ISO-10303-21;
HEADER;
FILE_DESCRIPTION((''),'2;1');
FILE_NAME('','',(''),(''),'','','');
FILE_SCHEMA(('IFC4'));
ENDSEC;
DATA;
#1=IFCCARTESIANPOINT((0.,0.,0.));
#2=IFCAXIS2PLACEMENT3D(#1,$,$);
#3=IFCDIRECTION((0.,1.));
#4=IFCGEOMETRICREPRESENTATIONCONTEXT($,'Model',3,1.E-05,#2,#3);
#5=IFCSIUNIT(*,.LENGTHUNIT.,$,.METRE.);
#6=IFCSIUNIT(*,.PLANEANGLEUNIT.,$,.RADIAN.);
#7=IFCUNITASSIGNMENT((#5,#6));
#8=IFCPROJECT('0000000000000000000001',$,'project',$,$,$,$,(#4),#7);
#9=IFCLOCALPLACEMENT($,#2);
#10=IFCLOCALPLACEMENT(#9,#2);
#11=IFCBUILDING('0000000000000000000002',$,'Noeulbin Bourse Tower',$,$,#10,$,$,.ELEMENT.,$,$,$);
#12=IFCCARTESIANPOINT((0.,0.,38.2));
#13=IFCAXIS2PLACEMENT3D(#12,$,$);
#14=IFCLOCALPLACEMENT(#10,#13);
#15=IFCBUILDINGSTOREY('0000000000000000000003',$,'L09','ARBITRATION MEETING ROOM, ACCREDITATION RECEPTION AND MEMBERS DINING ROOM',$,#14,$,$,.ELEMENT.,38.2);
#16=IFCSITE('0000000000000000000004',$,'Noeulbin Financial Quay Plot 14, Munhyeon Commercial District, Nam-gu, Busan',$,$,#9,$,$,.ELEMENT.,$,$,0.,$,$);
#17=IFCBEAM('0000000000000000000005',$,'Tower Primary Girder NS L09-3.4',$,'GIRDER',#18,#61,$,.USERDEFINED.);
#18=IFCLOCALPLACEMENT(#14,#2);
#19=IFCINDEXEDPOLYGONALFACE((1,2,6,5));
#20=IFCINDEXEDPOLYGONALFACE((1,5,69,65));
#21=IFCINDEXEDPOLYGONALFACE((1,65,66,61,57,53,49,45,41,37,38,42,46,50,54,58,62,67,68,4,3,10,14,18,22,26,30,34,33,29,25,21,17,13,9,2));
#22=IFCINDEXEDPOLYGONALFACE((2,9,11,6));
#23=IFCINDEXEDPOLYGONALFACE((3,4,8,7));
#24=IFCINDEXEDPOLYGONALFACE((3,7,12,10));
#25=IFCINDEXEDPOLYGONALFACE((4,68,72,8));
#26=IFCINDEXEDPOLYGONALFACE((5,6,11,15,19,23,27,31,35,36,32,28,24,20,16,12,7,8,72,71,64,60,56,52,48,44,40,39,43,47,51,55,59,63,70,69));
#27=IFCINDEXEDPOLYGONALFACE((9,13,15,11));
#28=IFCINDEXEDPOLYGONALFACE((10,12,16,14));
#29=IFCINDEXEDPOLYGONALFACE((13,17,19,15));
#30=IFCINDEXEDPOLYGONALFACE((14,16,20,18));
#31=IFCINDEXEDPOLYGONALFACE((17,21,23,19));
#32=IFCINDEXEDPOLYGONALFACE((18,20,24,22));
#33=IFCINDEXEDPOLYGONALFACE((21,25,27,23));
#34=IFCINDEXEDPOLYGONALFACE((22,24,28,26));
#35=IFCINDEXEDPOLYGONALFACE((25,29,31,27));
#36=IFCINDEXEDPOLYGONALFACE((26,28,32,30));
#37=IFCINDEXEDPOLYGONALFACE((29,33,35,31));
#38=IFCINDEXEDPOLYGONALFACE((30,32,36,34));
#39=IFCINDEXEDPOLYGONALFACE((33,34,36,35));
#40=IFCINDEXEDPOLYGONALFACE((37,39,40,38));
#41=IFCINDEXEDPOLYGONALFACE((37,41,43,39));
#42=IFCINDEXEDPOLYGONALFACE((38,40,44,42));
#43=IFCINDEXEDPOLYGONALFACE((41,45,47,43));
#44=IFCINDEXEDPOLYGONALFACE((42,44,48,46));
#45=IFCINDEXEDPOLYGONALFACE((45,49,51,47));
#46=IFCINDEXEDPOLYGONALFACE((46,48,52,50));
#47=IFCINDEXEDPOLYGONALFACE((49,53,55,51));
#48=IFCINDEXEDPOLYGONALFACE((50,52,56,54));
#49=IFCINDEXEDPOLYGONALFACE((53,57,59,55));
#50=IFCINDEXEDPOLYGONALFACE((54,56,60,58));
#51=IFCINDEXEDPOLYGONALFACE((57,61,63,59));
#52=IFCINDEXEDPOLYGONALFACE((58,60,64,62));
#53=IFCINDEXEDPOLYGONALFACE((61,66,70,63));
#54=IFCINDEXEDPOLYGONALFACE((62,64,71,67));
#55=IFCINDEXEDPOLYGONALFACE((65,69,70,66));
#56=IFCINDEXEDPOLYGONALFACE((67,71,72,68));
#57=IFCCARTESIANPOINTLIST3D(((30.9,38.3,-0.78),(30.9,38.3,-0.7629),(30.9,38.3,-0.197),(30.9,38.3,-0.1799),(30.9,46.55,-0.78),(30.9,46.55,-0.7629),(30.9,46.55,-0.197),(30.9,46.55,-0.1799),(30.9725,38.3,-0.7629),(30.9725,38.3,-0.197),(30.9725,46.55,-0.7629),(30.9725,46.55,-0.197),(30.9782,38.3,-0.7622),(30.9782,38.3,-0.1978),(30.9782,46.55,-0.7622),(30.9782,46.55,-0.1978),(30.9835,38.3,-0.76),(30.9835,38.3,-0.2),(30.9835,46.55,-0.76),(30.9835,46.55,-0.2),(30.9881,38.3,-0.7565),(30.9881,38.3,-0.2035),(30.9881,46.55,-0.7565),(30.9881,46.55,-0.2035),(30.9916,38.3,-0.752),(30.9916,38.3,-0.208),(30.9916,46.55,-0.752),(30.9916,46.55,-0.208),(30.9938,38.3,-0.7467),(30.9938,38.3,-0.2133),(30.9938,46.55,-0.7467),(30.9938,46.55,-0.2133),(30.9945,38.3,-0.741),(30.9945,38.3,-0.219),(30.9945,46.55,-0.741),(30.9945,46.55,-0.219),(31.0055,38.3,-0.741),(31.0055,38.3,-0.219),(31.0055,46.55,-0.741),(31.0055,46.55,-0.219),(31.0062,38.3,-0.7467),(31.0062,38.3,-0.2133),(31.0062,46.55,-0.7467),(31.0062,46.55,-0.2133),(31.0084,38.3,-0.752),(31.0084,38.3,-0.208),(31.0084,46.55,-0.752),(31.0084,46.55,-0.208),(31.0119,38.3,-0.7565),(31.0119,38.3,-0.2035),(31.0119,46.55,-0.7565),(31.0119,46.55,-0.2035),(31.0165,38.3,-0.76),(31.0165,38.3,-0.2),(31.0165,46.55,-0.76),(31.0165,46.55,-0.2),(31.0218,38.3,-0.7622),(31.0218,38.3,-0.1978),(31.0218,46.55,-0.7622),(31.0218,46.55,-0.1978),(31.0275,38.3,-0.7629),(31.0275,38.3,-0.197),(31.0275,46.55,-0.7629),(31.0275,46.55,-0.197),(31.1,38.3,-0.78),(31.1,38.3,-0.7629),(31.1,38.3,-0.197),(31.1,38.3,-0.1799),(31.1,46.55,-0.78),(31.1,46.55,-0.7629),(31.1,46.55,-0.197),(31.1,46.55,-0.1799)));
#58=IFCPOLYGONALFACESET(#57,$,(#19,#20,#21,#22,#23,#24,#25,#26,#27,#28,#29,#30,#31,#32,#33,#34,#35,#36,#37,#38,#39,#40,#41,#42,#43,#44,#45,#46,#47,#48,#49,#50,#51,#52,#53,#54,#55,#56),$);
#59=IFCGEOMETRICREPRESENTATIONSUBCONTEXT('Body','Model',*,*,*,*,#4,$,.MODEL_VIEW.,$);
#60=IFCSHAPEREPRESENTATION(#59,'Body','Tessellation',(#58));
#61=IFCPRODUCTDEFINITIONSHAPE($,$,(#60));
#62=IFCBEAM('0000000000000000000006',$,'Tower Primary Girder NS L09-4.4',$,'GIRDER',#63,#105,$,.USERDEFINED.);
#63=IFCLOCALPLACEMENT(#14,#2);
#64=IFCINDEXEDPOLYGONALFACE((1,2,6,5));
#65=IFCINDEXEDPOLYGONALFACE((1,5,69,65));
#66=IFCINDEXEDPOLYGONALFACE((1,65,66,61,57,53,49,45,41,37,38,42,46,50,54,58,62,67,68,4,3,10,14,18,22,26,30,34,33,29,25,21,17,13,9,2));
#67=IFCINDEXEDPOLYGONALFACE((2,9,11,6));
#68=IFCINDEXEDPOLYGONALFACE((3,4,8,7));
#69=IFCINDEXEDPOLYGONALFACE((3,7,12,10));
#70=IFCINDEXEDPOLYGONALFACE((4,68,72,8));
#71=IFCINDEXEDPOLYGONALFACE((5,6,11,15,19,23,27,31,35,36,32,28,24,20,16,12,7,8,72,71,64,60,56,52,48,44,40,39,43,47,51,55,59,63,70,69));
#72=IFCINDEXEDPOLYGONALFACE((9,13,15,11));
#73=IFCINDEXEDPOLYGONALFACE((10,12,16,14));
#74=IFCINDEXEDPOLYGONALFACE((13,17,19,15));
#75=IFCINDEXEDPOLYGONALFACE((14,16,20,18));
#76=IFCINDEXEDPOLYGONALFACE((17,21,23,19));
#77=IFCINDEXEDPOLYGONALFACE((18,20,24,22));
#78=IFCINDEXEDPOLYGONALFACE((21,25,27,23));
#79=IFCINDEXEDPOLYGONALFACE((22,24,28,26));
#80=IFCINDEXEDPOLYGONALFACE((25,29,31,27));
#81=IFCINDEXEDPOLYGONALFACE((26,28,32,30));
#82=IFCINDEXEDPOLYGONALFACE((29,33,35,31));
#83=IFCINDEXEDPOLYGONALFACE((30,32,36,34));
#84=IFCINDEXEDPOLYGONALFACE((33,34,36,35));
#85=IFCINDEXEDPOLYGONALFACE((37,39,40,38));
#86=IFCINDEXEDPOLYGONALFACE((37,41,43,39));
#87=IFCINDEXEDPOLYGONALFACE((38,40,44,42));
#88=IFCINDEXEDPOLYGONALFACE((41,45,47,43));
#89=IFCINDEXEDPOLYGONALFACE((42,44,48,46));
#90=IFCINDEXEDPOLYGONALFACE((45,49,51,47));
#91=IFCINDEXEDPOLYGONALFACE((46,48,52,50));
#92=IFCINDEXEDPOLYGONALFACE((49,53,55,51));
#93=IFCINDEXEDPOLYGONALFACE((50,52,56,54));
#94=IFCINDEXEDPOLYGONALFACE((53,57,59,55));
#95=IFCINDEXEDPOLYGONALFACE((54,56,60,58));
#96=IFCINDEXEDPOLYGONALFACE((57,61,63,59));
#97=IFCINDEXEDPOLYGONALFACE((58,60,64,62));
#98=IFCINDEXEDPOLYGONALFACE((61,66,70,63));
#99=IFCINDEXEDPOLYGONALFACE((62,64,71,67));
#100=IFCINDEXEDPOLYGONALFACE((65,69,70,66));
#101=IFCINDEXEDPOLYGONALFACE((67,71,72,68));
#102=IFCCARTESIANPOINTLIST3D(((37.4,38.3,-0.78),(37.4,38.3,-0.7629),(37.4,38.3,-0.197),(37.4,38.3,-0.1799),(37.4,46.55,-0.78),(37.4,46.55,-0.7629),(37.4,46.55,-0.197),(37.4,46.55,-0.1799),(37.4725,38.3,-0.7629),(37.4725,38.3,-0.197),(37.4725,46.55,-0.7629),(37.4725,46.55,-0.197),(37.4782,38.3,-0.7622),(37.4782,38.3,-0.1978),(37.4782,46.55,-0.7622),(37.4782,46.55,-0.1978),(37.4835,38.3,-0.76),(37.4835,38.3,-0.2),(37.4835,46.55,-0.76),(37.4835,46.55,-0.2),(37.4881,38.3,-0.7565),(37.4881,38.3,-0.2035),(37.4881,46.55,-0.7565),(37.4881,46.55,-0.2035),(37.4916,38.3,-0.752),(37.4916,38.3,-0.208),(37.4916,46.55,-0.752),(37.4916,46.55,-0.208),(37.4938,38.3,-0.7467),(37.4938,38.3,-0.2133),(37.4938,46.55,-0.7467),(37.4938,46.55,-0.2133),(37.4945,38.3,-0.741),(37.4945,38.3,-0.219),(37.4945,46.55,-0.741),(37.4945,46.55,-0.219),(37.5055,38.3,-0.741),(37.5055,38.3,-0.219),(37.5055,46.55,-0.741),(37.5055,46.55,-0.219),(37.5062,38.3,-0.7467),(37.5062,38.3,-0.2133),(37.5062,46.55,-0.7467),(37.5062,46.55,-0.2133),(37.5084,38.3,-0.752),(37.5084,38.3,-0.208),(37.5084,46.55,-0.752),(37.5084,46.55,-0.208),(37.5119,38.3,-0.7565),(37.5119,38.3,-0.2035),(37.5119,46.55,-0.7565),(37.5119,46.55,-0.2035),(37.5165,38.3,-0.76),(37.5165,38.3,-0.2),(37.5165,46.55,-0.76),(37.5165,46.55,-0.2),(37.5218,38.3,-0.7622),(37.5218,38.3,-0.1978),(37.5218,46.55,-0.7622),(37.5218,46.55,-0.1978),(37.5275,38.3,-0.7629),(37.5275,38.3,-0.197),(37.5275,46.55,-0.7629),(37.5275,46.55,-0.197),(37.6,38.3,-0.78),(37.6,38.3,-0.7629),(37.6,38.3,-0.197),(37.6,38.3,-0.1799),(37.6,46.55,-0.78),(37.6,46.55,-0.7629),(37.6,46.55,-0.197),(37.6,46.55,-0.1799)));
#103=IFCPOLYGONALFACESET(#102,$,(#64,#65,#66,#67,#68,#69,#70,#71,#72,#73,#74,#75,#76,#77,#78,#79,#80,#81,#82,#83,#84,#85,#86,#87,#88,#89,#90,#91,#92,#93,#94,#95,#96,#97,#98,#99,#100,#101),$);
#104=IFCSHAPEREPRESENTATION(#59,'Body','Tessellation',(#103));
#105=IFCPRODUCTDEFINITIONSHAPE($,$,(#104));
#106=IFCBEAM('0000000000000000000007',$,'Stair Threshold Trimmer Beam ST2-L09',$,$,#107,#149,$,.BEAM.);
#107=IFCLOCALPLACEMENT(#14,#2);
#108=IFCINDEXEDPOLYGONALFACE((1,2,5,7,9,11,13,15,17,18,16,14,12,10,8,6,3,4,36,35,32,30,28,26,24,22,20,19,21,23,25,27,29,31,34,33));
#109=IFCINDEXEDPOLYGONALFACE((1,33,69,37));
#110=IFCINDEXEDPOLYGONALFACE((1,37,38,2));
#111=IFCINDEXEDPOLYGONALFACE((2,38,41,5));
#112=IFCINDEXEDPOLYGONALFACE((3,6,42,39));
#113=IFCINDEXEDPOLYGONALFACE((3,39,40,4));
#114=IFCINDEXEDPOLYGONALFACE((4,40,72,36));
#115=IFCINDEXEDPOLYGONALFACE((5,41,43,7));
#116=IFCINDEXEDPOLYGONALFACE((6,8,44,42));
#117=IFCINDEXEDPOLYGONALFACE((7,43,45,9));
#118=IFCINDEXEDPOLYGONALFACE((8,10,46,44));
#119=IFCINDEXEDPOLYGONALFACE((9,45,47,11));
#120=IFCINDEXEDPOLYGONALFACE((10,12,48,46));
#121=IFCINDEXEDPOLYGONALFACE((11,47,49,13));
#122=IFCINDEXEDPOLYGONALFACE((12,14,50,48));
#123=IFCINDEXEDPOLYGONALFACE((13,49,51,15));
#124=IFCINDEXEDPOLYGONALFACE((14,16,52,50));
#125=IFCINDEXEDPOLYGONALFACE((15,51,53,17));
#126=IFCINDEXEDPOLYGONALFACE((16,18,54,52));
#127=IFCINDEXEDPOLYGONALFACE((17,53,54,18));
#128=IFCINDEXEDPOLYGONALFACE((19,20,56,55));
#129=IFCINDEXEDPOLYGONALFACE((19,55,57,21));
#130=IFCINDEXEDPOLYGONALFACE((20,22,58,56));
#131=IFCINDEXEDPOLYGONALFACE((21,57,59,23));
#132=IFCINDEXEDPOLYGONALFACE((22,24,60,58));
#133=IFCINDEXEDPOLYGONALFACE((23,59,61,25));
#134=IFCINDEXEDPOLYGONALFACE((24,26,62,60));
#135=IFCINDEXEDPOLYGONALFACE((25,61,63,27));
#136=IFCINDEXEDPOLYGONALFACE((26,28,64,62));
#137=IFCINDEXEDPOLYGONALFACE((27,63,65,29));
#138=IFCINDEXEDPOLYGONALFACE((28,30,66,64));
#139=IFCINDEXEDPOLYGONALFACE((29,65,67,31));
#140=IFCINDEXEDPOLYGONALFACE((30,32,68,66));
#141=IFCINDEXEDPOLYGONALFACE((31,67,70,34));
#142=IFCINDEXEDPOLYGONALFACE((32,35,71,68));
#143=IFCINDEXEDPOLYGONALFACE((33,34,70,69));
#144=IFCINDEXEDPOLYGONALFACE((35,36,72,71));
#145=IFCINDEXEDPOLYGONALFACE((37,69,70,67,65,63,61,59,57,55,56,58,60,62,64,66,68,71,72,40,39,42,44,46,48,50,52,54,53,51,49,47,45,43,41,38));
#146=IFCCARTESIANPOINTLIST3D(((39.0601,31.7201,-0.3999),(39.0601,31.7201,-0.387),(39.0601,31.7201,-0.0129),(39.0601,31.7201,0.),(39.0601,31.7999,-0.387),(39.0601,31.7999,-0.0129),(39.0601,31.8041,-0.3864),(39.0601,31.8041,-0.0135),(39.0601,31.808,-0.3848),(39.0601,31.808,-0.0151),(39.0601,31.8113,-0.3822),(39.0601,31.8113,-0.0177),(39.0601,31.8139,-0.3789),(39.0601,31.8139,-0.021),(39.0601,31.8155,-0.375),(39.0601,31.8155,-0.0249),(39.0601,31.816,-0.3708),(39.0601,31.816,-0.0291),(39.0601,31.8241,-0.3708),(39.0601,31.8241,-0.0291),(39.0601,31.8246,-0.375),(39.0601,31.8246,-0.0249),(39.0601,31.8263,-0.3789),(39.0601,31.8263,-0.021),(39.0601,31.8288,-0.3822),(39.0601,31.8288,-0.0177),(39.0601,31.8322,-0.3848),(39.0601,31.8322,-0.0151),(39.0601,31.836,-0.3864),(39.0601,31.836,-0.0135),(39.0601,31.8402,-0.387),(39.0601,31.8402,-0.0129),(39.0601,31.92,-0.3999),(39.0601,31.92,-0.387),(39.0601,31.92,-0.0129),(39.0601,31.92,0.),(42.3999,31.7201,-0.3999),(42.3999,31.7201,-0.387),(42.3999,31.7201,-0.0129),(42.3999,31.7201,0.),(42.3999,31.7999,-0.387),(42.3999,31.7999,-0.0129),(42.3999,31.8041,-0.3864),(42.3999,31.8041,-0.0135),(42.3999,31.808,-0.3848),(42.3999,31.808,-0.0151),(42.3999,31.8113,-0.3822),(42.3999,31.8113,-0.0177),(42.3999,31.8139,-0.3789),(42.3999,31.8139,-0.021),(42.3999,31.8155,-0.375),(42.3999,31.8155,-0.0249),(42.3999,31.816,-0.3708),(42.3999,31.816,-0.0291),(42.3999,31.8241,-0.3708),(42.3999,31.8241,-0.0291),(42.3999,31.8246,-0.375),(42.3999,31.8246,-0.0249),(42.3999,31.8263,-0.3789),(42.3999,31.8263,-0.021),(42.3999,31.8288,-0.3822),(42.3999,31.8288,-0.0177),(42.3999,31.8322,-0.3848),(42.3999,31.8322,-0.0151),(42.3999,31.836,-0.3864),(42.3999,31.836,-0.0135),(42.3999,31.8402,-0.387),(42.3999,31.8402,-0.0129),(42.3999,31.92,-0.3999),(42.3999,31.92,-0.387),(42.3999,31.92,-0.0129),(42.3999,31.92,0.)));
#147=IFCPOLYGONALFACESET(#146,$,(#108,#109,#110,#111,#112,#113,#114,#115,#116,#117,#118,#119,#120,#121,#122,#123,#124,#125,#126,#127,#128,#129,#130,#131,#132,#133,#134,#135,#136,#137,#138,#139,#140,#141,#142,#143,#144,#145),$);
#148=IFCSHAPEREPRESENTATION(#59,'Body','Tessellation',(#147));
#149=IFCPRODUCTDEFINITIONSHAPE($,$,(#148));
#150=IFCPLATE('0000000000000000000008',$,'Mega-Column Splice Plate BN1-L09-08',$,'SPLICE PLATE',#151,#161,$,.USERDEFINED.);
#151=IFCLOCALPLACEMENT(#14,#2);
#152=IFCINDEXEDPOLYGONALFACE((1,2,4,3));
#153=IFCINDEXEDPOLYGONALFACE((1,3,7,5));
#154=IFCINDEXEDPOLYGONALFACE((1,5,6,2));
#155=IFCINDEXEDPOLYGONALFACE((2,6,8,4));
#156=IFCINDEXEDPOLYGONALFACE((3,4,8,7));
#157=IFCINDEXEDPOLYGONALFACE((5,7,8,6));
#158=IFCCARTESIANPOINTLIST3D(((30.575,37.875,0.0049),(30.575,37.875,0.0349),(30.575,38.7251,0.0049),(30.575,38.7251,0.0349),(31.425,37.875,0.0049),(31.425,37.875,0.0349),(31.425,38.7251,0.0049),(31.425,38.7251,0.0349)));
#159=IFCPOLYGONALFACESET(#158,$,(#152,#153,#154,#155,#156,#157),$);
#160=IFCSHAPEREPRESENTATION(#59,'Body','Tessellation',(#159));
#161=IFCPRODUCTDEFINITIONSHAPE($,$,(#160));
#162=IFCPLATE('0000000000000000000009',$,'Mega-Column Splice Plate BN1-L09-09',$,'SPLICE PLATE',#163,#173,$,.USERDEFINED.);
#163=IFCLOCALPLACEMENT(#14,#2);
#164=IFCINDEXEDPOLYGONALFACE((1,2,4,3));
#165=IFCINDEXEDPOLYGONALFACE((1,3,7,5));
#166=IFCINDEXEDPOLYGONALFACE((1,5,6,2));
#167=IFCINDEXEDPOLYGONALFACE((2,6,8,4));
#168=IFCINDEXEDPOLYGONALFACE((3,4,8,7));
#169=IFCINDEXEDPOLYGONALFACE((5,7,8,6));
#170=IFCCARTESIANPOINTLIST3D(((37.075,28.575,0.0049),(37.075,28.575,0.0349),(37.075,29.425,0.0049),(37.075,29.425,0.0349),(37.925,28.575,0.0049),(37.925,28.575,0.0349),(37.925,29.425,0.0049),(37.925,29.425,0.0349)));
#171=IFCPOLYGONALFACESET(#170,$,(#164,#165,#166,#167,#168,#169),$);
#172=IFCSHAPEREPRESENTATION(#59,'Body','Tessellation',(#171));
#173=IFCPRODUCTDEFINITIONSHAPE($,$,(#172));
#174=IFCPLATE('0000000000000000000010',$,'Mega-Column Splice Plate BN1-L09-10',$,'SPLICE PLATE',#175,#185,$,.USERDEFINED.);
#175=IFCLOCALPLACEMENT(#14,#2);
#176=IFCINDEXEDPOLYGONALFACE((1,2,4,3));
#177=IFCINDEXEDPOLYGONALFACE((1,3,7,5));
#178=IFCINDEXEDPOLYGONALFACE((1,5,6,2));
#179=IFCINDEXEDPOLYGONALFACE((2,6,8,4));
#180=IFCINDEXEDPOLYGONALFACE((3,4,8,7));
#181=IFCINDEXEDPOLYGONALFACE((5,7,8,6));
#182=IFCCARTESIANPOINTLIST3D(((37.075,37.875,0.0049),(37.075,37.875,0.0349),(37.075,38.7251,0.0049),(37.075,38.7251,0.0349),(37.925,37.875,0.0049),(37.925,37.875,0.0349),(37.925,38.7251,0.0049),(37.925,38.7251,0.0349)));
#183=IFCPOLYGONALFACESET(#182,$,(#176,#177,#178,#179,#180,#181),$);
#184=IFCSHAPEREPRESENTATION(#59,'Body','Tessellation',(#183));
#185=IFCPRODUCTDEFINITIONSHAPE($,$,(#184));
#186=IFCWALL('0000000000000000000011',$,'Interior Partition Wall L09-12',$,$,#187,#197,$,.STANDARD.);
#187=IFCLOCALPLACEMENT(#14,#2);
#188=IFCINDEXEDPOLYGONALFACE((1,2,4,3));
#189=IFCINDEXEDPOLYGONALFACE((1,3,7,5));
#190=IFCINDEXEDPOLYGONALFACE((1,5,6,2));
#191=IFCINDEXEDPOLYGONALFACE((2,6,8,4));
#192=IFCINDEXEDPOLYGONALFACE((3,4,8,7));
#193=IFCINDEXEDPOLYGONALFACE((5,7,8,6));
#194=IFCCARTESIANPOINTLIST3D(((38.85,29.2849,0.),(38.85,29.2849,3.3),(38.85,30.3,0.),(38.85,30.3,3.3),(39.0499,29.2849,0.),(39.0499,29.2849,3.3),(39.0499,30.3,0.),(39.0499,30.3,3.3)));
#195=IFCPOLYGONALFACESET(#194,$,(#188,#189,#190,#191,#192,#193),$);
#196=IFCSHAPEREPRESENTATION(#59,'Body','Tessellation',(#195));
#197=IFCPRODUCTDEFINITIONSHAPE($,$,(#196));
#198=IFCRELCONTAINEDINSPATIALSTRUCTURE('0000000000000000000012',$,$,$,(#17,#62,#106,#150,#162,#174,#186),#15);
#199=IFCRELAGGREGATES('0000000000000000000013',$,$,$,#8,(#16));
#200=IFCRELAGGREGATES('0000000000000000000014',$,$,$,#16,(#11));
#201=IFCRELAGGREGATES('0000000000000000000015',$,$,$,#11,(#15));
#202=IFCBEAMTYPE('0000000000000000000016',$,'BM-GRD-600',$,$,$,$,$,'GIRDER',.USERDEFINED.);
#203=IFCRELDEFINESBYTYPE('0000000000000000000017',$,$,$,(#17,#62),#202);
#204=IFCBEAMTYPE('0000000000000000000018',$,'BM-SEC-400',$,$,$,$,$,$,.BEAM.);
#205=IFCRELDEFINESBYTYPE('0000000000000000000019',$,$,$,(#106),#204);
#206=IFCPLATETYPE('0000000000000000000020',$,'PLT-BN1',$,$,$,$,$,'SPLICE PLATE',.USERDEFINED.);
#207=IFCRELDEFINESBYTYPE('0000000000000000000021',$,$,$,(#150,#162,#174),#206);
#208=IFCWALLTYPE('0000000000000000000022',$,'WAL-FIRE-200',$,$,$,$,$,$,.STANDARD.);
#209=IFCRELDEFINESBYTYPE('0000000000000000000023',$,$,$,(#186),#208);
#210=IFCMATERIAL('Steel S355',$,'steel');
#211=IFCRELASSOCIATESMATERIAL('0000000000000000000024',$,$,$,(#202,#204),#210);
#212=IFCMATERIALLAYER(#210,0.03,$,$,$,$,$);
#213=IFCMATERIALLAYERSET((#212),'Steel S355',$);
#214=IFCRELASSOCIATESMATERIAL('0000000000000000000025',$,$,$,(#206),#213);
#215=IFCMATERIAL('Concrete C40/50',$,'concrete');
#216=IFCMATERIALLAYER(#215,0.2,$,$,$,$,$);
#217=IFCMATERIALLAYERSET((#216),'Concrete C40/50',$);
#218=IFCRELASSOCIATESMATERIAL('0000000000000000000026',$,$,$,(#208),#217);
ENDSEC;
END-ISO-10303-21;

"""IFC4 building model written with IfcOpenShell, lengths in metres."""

from ifc_helpers import new_model, si_unit, direction, frame, frame_2d, origin, origin_2d, place, context, subcontext, project, spatial, rectangle, i_section, extrude, material, layer, layer_set, material_profile, profile_set, type_object, element, save


model = new_model("IFC4")

# Units and contexts
model_context = context("Model", 3, precision=1e-05, world=origin(), true_north=direction((0.0, 1.0)))
body_context = subcontext(model_context, "Body", "Model", "MODEL_VIEW")
ifc_project = project(units=[si_unit("LENGTHUNIT", "METRE"), si_unit("PLANEANGLEUNIT", "RADIAN")], contexts=[model_context])

# Site, building, storey
site_placement = place(None, origin())
site = spatial("IfcSite", under=ifc_project, at=site_placement, Name="Noeulbin Financial Quay Plot 14, Munhyeon Commercial District, Nam-gu, Busan", CompositionType="ELEMENT", RefElevation=0.0)
building_placement = place(site_placement, origin())
building = spatial("IfcBuilding", under=site, at=building_placement, Name="Noeulbin Bourse Tower", CompositionType="ELEMENT")
storey_placement = place(building_placement, frame((0.0, 0.0, 38.2)))
storey = spatial("IfcBuildingStorey", under=building, at=storey_placement, Name="L09", Description="ARBITRATION MEETING ROOM, ACCREDITATION RECEPTION AND MEMBERS DINING ROOM", CompositionType="ELEMENT", Elevation=38.2)

# Beams
ifc_material_1 = material(Name="Steel S355", Category="steel")
ifc_material_profile_1 = material_profile(ifc_material_1, i_section(OverallWidth=0.2, OverallDepth=0.6001, WebThickness=0.011, FlangeThickness=0.0171, FilletRadius=0.022, at=origin_2d()), Name="H-600x200x11x17", Category="LoadBearing")
ifc_profile_set_1 = profile_set([ifc_material_profile_1], Name="Steel S355")
beam_type_1 = type_object("IfcBeamType", Name="BM-GRD-600", ElementType="GIRDER", PredefinedType="USERDEFINED", material=ifc_profile_set_1)
for number, where, z_axis, x_axis, name in (
    (1, (31.0, 38.3, -0.48), (0.0, 1.0, 0.0), (-1.0, 0.0, 0.0), "Tower Primary Girder NS L09-3.4"),
    (2, (37.5, 38.3, -0.48), (0.0, 1.0, 0.0), (-1.0, 0.0, 0.0), "Tower Primary Girder NS L09-4.4"),
):
    element("IfcBeam", number, at=place(storey_placement, frame(where, z_axis=z_axis, x_axis=x_axis)), inside=storey, type_object=beam_type_1, Name=name, ObjectType="GIRDER", PredefinedType="USERDEFINED", context=body_context, shape_type="SweptSolid", body=[
        extrude(i_section(OverallWidth=0.2, OverallDepth=0.6001, WebThickness=0.011, FlangeThickness=0.0171, FilletRadius=0.022, at=origin_2d()), origin(), (0.0, 0.0, 1.0), 8.25),
    ])
ifc_material_profile_2 = material_profile(ifc_material_1, i_section(OverallWidth=0.2, OverallDepth=0.3999, WebThickness=0.0081, FlangeThickness=0.0129, FilletRadius=0.0161, at=origin_2d()), Name="H-400x200x8x13", Category="LoadBearing")
ifc_profile_set_2 = profile_set([ifc_material_profile_2], Name="Steel S355")
beam_type_2 = type_object("IfcBeamType", Name="BM-SEC-400", PredefinedType="BEAM", material=ifc_profile_set_2)
beam_placement = place(storey_placement, frame((39.0601, 31.8201, -0.2), z_axis=(1.0, 0.0, 0.0), x_axis=(0.0, 1.0, 0.0)))
element("IfcBeam", 3, at=beam_placement, inside=storey, type_object=beam_type_2, Name="Stair Threshold Trimmer Beam ST2-L09", PredefinedType="BEAM", context=body_context, shape_type="SweptSolid", body=[
    extrude(i_section(OverallWidth=0.2, OverallDepth=0.3999, WebThickness=0.0081, FlangeThickness=0.0129, FilletRadius=0.0161, at=origin_2d()), origin(), (0.0, 0.0, 1.0), 3.3398),
])

# Plates
ifc_layer_1 = layer(ifc_material_1, 0.03)
ifc_layer_set_1 = layer_set([ifc_layer_1], Name="Steel S355")
plate_type = type_object("IfcPlateType", Name="PLT-BN1", ElementType="SPLICE PLATE", PredefinedType="USERDEFINED", material=ifc_layer_set_1)
for number, where, z_axis, x_axis, name in (
    (4, (31.0, 38.3, 0.0049), (0.0, 0.0, 1.0), (1.0, 0.0, 0.0), "Mega-Column Splice Plate BN1-L09-08"),
    (5, (37.5, 29.0, 0.0049), (0.0, 0.0, 1.0), (1.0, 0.0, 0.0), "Mega-Column Splice Plate BN1-L09-09"),
    (6, (37.5, 38.3, 0.0049), (0.0, 0.0, 1.0), (1.0, 0.0, 0.0), "Mega-Column Splice Plate BN1-L09-10"),
):
    element("IfcPlate", number, at=place(storey_placement, frame(where, z_axis=z_axis, x_axis=x_axis)), inside=storey, type_object=plate_type, Name=name, ObjectType="SPLICE PLATE", PredefinedType="USERDEFINED", context=body_context, shape_type="SweptSolid", body=[
        extrude(rectangle(XDim=0.8501, YDim=0.8501, at=origin_2d()), origin(), (0.0, 0.0, 1.0), 0.03),
    ])

# Wall
ifc_material_2 = material(Name="Concrete C40/50", Category="concrete")
ifc_layer_2 = layer(ifc_material_2, 0.2)
ifc_layer_set_2 = layer_set([ifc_layer_2], Name="Concrete C40/50")
wall_type_1 = type_object("IfcWallType", Name="WAL-FIRE-200", PredefinedType="STANDARD", material=ifc_layer_set_2)
wall_1_placement = place(storey_placement, frame((38.95, 29.2849, 0.0), z_axis=(0.0, 0.0, 1.0), x_axis=(0.0, 1.0, 0.0)))
element("IfcWall", 7, at=wall_1_placement, inside=storey, type_object=wall_type_1, Name="Interior Partition Wall L09-12", PredefinedType="STANDARD", context=body_context, shape_type="SweptSolid", body=[
    extrude(rectangle(XDim=1.0151, YDim=0.2, at=frame_2d((0.5076, 0.0))), origin(), (0.0, 0.0, 1.0), 3.3),
])

save(model, "model.ifc")
